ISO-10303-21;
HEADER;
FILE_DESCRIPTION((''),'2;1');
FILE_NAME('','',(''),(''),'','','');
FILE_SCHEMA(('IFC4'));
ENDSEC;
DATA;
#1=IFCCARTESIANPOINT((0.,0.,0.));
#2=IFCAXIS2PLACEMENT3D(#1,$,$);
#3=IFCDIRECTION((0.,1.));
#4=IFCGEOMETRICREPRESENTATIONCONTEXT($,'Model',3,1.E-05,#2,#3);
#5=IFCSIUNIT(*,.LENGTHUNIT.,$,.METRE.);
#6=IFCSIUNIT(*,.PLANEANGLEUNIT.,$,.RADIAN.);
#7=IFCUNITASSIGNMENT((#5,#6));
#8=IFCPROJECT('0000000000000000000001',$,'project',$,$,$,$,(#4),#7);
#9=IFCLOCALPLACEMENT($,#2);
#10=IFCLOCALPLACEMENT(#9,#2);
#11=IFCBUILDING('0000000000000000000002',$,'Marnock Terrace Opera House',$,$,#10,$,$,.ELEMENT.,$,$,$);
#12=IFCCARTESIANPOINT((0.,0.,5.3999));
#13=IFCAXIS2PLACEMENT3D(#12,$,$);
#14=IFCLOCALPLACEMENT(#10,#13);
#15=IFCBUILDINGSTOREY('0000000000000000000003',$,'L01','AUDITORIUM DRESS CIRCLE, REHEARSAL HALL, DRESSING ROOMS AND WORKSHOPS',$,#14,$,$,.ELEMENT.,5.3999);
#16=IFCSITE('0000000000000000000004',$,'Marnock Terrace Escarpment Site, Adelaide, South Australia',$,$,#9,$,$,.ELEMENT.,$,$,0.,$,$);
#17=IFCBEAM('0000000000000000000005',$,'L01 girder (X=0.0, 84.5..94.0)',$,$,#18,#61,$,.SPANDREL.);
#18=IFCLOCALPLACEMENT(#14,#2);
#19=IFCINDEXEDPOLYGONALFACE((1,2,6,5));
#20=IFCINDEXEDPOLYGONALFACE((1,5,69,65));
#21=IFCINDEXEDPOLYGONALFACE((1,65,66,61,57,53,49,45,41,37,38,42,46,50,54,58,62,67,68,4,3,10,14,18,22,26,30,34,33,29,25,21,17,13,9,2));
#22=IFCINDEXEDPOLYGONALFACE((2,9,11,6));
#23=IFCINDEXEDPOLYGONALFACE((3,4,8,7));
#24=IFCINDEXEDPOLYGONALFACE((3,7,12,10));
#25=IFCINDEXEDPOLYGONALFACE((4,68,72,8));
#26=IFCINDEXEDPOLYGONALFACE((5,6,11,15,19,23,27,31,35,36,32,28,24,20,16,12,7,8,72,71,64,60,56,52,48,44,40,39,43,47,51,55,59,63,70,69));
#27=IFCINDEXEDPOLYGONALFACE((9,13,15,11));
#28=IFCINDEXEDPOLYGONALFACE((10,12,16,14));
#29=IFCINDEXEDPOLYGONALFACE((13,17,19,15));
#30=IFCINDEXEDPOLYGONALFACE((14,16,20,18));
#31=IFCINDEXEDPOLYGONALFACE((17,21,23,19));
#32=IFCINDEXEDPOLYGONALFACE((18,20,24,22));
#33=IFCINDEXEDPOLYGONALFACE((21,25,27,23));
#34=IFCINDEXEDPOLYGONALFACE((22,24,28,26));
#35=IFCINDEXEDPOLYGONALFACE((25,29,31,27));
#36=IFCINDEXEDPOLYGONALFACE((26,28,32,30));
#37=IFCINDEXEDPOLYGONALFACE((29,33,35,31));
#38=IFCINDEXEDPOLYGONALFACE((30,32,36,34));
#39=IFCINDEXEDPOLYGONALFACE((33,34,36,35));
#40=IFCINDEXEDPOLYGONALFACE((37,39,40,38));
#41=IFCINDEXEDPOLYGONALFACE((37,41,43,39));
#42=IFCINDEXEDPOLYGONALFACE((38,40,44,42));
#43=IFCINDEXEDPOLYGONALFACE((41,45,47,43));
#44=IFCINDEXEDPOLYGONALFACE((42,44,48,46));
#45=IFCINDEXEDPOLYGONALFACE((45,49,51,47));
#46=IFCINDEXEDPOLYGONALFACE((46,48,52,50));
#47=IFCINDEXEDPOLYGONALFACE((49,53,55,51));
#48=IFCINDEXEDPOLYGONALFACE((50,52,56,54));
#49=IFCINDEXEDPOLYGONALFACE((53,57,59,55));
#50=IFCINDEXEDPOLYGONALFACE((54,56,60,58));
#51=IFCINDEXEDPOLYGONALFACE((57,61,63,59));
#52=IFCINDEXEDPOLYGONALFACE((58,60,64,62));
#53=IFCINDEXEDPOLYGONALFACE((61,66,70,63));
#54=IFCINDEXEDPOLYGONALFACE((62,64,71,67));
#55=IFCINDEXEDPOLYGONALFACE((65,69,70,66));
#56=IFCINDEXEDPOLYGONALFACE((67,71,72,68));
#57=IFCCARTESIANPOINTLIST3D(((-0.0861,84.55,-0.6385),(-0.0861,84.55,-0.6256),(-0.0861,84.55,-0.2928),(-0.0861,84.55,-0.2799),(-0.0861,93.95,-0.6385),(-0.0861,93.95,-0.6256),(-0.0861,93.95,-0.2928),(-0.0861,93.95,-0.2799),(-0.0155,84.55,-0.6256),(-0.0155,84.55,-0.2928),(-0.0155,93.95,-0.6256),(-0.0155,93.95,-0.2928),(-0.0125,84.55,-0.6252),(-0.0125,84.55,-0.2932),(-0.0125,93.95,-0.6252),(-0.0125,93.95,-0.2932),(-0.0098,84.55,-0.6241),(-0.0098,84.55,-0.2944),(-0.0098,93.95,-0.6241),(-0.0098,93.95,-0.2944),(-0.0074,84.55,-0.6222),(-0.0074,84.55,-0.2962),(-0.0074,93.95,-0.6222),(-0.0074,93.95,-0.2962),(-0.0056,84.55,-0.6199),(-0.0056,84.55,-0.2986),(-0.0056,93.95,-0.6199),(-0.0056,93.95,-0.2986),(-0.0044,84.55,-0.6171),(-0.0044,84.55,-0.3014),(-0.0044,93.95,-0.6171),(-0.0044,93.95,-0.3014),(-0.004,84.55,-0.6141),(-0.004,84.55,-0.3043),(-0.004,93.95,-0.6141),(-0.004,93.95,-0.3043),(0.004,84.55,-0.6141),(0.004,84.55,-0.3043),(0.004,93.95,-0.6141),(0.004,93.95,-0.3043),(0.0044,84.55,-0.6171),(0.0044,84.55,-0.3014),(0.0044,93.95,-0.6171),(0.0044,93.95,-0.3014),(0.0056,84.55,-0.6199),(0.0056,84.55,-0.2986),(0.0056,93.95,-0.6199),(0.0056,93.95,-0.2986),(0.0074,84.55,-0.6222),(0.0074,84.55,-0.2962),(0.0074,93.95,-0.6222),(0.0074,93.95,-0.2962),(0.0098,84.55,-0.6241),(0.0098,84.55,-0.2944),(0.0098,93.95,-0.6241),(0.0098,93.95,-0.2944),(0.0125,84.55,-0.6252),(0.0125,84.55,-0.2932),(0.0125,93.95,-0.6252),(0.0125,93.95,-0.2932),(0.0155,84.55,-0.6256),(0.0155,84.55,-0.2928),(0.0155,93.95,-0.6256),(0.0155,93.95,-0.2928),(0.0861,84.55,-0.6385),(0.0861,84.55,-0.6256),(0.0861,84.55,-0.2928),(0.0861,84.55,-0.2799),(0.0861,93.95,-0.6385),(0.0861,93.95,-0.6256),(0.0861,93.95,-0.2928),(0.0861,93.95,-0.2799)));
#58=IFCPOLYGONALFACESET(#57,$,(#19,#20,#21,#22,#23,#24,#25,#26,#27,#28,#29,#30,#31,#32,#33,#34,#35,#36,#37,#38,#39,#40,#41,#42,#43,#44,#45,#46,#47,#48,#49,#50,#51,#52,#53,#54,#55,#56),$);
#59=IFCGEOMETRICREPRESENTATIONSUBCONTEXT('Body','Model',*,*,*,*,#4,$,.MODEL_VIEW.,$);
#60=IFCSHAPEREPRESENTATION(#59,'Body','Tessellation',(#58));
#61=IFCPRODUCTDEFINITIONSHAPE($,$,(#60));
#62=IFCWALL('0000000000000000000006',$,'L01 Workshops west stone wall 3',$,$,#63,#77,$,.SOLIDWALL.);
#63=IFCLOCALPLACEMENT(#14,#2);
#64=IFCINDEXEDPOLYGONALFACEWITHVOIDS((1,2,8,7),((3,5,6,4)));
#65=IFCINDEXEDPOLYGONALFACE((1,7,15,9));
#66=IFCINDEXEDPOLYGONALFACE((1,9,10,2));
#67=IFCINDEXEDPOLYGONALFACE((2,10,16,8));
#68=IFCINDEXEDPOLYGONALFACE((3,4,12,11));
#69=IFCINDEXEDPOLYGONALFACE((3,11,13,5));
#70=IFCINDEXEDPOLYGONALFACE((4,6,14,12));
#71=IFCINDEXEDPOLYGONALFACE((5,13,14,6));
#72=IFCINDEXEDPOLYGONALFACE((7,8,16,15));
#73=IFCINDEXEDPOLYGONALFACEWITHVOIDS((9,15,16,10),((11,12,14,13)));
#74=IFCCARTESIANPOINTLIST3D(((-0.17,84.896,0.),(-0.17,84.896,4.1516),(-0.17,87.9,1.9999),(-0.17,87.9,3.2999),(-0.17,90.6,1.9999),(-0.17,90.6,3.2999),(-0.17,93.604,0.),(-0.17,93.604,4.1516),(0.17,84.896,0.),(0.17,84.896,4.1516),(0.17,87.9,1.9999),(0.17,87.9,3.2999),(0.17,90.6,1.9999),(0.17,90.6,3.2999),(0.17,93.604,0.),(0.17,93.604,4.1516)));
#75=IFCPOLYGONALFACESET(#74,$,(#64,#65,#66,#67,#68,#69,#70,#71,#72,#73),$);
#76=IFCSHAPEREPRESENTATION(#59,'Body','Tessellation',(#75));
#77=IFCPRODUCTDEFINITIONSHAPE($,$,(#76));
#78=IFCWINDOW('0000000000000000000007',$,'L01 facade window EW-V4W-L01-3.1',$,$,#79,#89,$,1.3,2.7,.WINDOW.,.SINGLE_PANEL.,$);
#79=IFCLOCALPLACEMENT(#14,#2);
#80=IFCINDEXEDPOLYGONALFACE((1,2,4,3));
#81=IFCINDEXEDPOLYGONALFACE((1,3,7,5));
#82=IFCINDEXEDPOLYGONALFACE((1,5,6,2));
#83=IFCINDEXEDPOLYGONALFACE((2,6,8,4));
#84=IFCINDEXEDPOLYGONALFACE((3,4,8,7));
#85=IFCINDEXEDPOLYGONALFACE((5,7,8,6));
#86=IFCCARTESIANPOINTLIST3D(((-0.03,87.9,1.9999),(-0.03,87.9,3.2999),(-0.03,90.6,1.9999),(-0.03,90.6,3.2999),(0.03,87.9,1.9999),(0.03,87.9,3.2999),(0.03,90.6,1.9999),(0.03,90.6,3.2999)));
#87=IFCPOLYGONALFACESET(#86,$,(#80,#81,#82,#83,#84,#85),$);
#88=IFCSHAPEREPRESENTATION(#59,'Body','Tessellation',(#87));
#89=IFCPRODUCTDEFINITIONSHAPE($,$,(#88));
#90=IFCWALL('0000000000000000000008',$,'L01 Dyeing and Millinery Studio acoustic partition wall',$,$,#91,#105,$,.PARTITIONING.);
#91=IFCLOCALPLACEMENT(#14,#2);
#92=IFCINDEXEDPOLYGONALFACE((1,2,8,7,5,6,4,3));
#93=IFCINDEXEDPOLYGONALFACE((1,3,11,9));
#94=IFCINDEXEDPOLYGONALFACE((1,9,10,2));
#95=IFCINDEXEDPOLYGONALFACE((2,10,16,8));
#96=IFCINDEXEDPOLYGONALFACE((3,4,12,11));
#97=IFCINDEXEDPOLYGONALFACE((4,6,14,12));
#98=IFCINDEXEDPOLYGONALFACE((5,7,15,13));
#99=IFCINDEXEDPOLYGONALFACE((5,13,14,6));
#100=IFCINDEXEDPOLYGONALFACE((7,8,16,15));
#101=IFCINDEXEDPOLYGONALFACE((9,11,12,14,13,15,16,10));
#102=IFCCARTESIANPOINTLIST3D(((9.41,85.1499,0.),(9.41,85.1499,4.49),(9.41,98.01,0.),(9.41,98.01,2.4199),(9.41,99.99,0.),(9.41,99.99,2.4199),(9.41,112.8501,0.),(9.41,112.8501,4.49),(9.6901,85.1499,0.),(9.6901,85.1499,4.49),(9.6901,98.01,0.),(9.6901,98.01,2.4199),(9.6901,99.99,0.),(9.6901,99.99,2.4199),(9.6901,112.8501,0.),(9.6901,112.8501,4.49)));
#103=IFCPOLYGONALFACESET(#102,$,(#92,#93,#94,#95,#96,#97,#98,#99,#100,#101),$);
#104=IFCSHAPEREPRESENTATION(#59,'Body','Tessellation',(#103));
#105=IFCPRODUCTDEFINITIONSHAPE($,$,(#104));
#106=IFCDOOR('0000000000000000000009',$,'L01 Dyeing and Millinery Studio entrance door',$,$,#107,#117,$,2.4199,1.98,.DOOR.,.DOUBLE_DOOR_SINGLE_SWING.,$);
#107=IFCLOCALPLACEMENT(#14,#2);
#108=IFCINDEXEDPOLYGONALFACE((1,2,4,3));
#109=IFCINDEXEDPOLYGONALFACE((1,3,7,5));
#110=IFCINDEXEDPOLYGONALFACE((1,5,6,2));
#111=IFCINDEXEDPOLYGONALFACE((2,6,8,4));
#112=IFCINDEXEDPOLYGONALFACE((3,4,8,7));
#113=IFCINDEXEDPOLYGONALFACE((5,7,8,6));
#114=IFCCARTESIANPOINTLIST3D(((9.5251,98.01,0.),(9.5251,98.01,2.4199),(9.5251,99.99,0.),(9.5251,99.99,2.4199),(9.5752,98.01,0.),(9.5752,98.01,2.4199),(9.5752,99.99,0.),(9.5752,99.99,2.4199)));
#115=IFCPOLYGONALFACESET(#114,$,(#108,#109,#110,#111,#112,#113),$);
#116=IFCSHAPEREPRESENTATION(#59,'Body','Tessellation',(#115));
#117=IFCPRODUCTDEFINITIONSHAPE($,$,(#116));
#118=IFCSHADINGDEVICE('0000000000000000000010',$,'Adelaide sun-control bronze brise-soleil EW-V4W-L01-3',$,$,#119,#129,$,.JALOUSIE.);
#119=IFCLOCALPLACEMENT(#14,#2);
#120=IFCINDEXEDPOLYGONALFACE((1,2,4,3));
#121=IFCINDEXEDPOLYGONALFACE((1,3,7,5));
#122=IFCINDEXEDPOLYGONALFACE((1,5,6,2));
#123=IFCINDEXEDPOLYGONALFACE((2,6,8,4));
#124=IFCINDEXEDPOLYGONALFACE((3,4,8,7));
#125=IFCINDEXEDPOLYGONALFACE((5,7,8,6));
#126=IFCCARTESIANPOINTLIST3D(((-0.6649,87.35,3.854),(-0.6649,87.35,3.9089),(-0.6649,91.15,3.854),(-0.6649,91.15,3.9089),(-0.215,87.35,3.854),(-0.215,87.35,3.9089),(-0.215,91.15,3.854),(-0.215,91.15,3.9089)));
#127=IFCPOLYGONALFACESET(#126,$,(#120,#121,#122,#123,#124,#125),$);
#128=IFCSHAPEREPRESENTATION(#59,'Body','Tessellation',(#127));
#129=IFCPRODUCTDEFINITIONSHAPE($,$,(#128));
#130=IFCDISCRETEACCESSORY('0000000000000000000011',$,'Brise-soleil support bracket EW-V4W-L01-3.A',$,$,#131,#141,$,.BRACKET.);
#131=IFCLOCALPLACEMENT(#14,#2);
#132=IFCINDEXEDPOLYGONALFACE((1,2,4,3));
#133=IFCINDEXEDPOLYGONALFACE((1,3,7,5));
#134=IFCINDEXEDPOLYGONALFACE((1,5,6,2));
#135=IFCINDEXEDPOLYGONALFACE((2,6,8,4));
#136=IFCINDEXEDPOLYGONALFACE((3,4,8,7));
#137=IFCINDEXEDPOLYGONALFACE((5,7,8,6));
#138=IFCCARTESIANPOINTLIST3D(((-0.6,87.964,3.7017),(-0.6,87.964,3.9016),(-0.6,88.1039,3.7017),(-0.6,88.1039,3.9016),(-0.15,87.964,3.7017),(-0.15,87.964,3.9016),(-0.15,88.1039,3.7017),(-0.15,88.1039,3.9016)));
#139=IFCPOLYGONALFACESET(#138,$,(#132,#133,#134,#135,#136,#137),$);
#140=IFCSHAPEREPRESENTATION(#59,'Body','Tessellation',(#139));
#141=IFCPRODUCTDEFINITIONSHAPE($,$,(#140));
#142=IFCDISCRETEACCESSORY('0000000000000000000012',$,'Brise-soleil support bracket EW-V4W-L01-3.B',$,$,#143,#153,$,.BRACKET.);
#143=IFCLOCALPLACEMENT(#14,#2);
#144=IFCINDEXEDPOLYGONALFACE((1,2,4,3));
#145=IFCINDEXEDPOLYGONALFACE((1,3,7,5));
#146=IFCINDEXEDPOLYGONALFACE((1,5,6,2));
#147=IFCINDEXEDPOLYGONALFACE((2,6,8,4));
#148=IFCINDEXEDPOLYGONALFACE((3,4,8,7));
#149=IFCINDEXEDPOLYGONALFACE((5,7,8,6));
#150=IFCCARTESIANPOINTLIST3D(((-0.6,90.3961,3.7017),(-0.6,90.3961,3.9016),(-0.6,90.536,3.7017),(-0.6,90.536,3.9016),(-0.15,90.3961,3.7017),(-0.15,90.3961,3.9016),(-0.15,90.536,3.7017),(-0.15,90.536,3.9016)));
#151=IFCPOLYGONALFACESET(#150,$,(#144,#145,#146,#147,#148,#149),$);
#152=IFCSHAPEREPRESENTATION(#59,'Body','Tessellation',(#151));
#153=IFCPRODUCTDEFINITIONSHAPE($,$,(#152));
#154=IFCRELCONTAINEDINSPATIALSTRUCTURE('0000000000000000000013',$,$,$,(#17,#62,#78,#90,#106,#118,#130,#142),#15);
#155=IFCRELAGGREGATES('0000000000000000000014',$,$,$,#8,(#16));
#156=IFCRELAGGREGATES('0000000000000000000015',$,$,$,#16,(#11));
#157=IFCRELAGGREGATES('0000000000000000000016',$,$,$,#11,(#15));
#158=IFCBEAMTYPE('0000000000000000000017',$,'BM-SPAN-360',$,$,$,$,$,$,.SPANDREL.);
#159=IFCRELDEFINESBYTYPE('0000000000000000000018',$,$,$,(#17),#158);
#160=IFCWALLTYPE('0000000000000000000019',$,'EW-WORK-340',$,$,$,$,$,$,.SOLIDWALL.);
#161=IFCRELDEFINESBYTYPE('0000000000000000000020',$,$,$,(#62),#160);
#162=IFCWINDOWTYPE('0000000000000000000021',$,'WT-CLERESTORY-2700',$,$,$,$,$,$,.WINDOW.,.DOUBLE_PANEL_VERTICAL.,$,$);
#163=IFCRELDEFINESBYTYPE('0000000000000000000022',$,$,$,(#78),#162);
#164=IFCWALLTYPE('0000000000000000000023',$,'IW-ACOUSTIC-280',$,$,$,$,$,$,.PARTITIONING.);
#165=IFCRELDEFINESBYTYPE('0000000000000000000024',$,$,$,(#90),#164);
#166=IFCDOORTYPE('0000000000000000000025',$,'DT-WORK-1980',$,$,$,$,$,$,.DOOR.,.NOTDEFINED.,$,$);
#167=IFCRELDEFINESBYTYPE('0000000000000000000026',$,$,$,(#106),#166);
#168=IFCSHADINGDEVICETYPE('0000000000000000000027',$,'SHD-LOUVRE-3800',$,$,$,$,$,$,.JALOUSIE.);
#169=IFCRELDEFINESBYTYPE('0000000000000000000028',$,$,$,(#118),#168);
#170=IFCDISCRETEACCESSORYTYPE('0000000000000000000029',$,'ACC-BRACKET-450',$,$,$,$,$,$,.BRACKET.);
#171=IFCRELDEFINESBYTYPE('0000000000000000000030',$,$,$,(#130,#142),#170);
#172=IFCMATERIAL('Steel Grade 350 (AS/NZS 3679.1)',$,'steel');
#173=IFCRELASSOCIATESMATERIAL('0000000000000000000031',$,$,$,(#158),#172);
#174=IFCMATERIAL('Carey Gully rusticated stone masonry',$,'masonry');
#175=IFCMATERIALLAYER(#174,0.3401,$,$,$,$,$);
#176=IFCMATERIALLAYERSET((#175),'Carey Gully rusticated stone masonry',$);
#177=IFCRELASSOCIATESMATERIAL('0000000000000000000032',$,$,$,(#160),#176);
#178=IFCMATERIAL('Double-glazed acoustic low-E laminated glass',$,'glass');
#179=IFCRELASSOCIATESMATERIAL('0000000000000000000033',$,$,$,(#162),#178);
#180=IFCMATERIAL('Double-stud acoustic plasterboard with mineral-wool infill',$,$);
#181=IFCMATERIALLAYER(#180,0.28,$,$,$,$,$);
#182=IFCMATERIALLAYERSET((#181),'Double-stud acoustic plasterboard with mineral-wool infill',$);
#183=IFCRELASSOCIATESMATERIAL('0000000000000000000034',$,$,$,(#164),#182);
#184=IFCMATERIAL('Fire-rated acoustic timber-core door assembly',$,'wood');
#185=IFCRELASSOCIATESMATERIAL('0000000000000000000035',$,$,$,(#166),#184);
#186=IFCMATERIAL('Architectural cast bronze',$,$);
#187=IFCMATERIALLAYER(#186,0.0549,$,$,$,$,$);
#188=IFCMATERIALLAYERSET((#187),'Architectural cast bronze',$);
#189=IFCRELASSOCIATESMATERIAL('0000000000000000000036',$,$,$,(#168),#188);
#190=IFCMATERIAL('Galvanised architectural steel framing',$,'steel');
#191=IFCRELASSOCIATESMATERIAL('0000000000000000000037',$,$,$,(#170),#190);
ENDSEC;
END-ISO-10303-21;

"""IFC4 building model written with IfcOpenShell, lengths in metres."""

from ifc_helpers import new_model, si_unit, direction, frame, frame_2d, origin, origin_2d, place, context, subcontext, project, spatial, rectangle, i_section, extrude, material, layer, layer_set, material_profile, profile_set, type_object, element, fill, save


model = new_model("IFC4")

# Units and contexts
model_context = context("Model", 3, precision=1e-05, world=origin(), true_north=direction((0.0, 1.0)))
body_context = subcontext(model_context, "Body", "Model", "MODEL_VIEW")
ifc_project = project(units=[si_unit("LENGTHUNIT", "METRE"), si_unit("PLANEANGLEUNIT", "RADIAN")], contexts=[model_context])

# Site, building, storey
site_placement = place(None, origin())
site = spatial("IfcSite", under=ifc_project, at=site_placement, Name="Marnock Terrace Escarpment Site, Adelaide, South Australia", CompositionType="ELEMENT", RefElevation=0.0)
building_placement = place(site_placement, origin())
building = spatial("IfcBuilding", under=site, at=building_placement, Name="Marnock Terrace Opera House", CompositionType="ELEMENT")
storey_placement = place(building_placement, frame((0.0, 0.0, 5.3999)))
storey = spatial("IfcBuildingStorey", under=building, at=storey_placement, Name="L01", Description="AUDITORIUM DRESS CIRCLE, REHEARSAL HALL, DRESSING ROOMS AND WORKSHOPS", CompositionType="ELEMENT", Elevation=5.3999)

# Shared definitions
ifc_material_1 = material(Name="Steel Grade 350 (AS/NZS 3679.1)", Category="steel")

# Beam
ifc_material_profile_1 = material_profile(ifc_material_1, i_section(OverallWidth=0.1721, OverallDepth=0.3586, WebThickness=0.0081, FlangeThickness=0.0129, FilletRadius=0.0115, at=origin_2d()))
ifc_profile_set_1 = profile_set([ifc_material_profile_1], Name="Steel Grade 350 (AS/NZS 3679.1)")
beam_type_1 = type_object("IfcBeamType", Name="BM-SPAN-360", PredefinedType="SPANDREL", material=ifc_profile_set_1)
beam_1_placement = place(storey_placement, frame((0.0, 84.55, -0.4592), z_axis=(0.0, 1.0, 0.0), x_axis=(-1.0, 0.0, 0.0)))
element("IfcBeam", 1, at=beam_1_placement, inside=storey, type_object=beam_type_1, Name="L01 girder (X=0.0, 84.5..94.0)", PredefinedType="SPANDREL", context=body_context, shape_type="SweptSolid", body=[
    extrude(i_section(OverallWidth=0.1721, OverallDepth=0.3586, WebThickness=0.0081, FlangeThickness=0.0129, FilletRadius=0.0115, at=origin_2d()), origin(), (0.0, 0.0, 1.0), 9.3999),
])

# Wall, opening, window
ifc_material_2 = material(Name="Carey Gully rusticated stone masonry", Category="masonry")
ifc_layer_1 = layer(ifc_material_2, 0.3401)
ifc_layer_set_1 = layer_set([ifc_layer_1], Name="Carey Gully rusticated stone masonry")
wall_type_1 = type_object("IfcWallType", Name="EW-WORK-340", PredefinedType="SOLIDWALL", material=ifc_layer_set_1)
wall_1_placement = place(storey_placement, frame((0.0, 84.896, 0.0), z_axis=(0.0, 0.0, 1.0), x_axis=(0.0, 1.0, 0.0)))
wall_1 = element("IfcWall", 2, at=wall_1_placement, inside=storey, type_object=wall_type_1, Name="L01 Workshops west stone wall 3", PredefinedType="SOLIDWALL", context=body_context, shape_type="SweptSolid", body=[
    extrude(rectangle(XDim=8.708, YDim=0.3401, at=frame_2d((4.354, 0.0))), origin(), (0.0, 0.0, 1.0), 4.1516),
])
opening_1_placement = place(wall_1_placement, frame((3.0039, 0.0, 2.0)))
opening_1 = element("IfcOpeningElement", 3, at=opening_1_placement, cuts=wall_1, PredefinedType="OPENING", context=body_context, shape_type="SweptSolid", body=[
    extrude(rectangle(XDim=2.7, YDim=1.3, at=frame_2d((1.3501, 0.6499))), frame((0.0, 0.1799, 0.0), z_axis=(0.0, -1.0, 0.0), x_axis=(1.0, 0.0, 0.0)), (0.0, 0.0, 1.0), 0.3601),
])
ifc_material_3 = material(Name="Double-glazed acoustic low-E laminated glass", Category="glass")
window_type = type_object("IfcWindowType", Name="WT-CLERESTORY-2700", PartitioningType="DOUBLE_PANEL_VERTICAL", PredefinedType="WINDOW", material=ifc_material_3)
window_placement = place(opening_1_placement, origin())
window = element("IfcWindow", 4, at=window_placement, inside=storey, type_object=window_type, Name="L01 facade window EW-V4W-L01-3.1", OverallHeight=1.3, OverallWidth=2.7, PartitioningType="SINGLE_PANEL", PredefinedType="WINDOW", context=body_context, shape_type="SweptSolid", body=[
    extrude(rectangle(XDim=2.7, YDim=1.3, at=frame_2d((1.3501, 0.6499))), frame((0.0, 0.03, 0.0), z_axis=(0.0, -1.0, 0.0), x_axis=(1.0, 0.0, 0.0)), (0.0, 0.0, 1.0), 0.0601),
])
fill(opening_1, window)

# Wall, opening, door
ifc_material_4 = material(Name="Double-stud acoustic plasterboard with mineral-wool infill")
ifc_layer_2 = layer(ifc_material_4, 0.28)
ifc_layer_set_2 = layer_set([ifc_layer_2], Name="Double-stud acoustic plasterboard with mineral-wool infill")
wall_type_2 = type_object("IfcWallType", Name="IW-ACOUSTIC-280", PredefinedType="PARTITIONING", material=ifc_layer_set_2)
wall_2_placement = place(storey_placement, frame((9.55, 85.1499, 0.0), z_axis=(0.0, 0.0, 1.0), x_axis=(0.0, 1.0, 0.0)))
wall_2 = element("IfcWall", 5, at=wall_2_placement, inside=storey, type_object=wall_type_2, Name="L01 Dyeing and Millinery Studio acoustic partition wall", PredefinedType="PARTITIONING", context=body_context, shape_type="SweptSolid", body=[
    extrude(rectangle(XDim=27.7002, YDim=0.28, at=frame_2d((13.8501, 0.0))), origin(), (0.0, 0.0, 1.0), 4.49),
])
opening_2_placement = place(wall_2_placement, frame((12.8601, 0.0, 0.0)))
opening_2 = element("IfcOpeningElement", 6, at=opening_2_placement, cuts=wall_2, PredefinedType="OPENING", context=body_context, shape_type="SweptSolid", body=[
    extrude(rectangle(XDim=1.98, YDim=2.4199, at=frame_2d((0.99, 1.21))), frame((0.0, 0.1499, 0.0), z_axis=(0.0, -1.0, 0.0), x_axis=(1.0, 0.0, 0.0)), (0.0, 0.0, 1.0), 0.3),
])
ifc_material_5 = material(Name="Fire-rated acoustic timber-core door assembly", Category="wood")
door_type_1 = type_object("IfcDoorType", Name="DT-WORK-1980", OperationType="NOTDEFINED", PredefinedType="DOOR", material=ifc_material_5)
door_1_placement = place(opening_2_placement, origin())
door_1 = element("IfcDoor", 7, at=door_1_placement, inside=storey, type_object=door_type_1, Name="L01 Dyeing and Millinery Studio entrance door", OperationType="DOUBLE_DOOR_SINGLE_SWING", OverallHeight=2.4199, OverallWidth=1.98, PredefinedType="DOOR", context=body_context, shape_type="SweptSolid", body=[
    extrude(rectangle(XDim=1.98, YDim=2.4199, at=frame_2d((0.99, 1.21))), frame((0.0, 0.0249, 0.0), z_axis=(0.0, -1.0, 0.0), x_axis=(1.0, 0.0, 0.0)), (0.0, 0.0, 1.0), 0.05),
])
fill(opening_2, door_1)

# Shading device
ifc_material_6 = material(Name="Architectural cast bronze")
ifc_layer_3 = layer(ifc_material_6, 0.0549)
ifc_layer_set_3 = layer_set([ifc_layer_3], Name="Architectural cast bronze")
shading_device_type = type_object("IfcShadingDeviceType", Name="SHD-LOUVRE-3800", PredefinedType="JALOUSIE", material=ifc_layer_set_3)
shading_device_placement = place(storey_placement, frame((-0.4399, 89.25, 3.854), z_axis=(0.0, 0.0, 1.0), x_axis=(0.0, 1.0, 0.0)))
element("IfcShadingDevice", 8, at=shading_device_placement, inside=storey, type_object=shading_device_type, Name="Adelaide sun-control bronze brise-soleil EW-V4W-L01-3", PredefinedType="JALOUSIE", context=body_context, shape_type="SweptSolid", body=[
    extrude(rectangle(XDim=3.8, YDim=0.45, at=origin_2d()), origin(), (0.0, 0.0, 1.0), 0.0549),
])

# Discrete accessories
ifc_material_7 = material(Name="Galvanised architectural steel framing", Category="steel")
discrete_accessory_type = type_object("IfcDiscreteAccessoryType", Name="ACC-BRACKET-450", PredefinedType="BRACKET", material=ifc_material_7)
for number, where, z_axis, x_axis, name in (
    (9, (-0.375, 88.0339, 3.7017), (0.0, 0.0, 1.0), (0.0, 1.0, 0.0), "Brise-soleil support bracket EW-V4W-L01-3.A"),
    (10, (-0.375, 90.4661, 3.7017), (0.0, 0.0, 1.0), (0.0, 1.0, 0.0), "Brise-soleil support bracket EW-V4W-L01-3.B"),
):
    element("IfcDiscreteAccessory", number, at=place(storey_placement, frame(where, z_axis=z_axis, x_axis=x_axis)), inside=storey, type_object=discrete_accessory_type, Name=name, PredefinedType="BRACKET", context=body_context, shape_type="SweptSolid", body=[
        extrude(rectangle(XDim=0.1399, YDim=0.45, at=origin_2d()), origin(), (0.0, 0.0, 1.0), 0.2),
    ])

save(model, "model.ifc")
